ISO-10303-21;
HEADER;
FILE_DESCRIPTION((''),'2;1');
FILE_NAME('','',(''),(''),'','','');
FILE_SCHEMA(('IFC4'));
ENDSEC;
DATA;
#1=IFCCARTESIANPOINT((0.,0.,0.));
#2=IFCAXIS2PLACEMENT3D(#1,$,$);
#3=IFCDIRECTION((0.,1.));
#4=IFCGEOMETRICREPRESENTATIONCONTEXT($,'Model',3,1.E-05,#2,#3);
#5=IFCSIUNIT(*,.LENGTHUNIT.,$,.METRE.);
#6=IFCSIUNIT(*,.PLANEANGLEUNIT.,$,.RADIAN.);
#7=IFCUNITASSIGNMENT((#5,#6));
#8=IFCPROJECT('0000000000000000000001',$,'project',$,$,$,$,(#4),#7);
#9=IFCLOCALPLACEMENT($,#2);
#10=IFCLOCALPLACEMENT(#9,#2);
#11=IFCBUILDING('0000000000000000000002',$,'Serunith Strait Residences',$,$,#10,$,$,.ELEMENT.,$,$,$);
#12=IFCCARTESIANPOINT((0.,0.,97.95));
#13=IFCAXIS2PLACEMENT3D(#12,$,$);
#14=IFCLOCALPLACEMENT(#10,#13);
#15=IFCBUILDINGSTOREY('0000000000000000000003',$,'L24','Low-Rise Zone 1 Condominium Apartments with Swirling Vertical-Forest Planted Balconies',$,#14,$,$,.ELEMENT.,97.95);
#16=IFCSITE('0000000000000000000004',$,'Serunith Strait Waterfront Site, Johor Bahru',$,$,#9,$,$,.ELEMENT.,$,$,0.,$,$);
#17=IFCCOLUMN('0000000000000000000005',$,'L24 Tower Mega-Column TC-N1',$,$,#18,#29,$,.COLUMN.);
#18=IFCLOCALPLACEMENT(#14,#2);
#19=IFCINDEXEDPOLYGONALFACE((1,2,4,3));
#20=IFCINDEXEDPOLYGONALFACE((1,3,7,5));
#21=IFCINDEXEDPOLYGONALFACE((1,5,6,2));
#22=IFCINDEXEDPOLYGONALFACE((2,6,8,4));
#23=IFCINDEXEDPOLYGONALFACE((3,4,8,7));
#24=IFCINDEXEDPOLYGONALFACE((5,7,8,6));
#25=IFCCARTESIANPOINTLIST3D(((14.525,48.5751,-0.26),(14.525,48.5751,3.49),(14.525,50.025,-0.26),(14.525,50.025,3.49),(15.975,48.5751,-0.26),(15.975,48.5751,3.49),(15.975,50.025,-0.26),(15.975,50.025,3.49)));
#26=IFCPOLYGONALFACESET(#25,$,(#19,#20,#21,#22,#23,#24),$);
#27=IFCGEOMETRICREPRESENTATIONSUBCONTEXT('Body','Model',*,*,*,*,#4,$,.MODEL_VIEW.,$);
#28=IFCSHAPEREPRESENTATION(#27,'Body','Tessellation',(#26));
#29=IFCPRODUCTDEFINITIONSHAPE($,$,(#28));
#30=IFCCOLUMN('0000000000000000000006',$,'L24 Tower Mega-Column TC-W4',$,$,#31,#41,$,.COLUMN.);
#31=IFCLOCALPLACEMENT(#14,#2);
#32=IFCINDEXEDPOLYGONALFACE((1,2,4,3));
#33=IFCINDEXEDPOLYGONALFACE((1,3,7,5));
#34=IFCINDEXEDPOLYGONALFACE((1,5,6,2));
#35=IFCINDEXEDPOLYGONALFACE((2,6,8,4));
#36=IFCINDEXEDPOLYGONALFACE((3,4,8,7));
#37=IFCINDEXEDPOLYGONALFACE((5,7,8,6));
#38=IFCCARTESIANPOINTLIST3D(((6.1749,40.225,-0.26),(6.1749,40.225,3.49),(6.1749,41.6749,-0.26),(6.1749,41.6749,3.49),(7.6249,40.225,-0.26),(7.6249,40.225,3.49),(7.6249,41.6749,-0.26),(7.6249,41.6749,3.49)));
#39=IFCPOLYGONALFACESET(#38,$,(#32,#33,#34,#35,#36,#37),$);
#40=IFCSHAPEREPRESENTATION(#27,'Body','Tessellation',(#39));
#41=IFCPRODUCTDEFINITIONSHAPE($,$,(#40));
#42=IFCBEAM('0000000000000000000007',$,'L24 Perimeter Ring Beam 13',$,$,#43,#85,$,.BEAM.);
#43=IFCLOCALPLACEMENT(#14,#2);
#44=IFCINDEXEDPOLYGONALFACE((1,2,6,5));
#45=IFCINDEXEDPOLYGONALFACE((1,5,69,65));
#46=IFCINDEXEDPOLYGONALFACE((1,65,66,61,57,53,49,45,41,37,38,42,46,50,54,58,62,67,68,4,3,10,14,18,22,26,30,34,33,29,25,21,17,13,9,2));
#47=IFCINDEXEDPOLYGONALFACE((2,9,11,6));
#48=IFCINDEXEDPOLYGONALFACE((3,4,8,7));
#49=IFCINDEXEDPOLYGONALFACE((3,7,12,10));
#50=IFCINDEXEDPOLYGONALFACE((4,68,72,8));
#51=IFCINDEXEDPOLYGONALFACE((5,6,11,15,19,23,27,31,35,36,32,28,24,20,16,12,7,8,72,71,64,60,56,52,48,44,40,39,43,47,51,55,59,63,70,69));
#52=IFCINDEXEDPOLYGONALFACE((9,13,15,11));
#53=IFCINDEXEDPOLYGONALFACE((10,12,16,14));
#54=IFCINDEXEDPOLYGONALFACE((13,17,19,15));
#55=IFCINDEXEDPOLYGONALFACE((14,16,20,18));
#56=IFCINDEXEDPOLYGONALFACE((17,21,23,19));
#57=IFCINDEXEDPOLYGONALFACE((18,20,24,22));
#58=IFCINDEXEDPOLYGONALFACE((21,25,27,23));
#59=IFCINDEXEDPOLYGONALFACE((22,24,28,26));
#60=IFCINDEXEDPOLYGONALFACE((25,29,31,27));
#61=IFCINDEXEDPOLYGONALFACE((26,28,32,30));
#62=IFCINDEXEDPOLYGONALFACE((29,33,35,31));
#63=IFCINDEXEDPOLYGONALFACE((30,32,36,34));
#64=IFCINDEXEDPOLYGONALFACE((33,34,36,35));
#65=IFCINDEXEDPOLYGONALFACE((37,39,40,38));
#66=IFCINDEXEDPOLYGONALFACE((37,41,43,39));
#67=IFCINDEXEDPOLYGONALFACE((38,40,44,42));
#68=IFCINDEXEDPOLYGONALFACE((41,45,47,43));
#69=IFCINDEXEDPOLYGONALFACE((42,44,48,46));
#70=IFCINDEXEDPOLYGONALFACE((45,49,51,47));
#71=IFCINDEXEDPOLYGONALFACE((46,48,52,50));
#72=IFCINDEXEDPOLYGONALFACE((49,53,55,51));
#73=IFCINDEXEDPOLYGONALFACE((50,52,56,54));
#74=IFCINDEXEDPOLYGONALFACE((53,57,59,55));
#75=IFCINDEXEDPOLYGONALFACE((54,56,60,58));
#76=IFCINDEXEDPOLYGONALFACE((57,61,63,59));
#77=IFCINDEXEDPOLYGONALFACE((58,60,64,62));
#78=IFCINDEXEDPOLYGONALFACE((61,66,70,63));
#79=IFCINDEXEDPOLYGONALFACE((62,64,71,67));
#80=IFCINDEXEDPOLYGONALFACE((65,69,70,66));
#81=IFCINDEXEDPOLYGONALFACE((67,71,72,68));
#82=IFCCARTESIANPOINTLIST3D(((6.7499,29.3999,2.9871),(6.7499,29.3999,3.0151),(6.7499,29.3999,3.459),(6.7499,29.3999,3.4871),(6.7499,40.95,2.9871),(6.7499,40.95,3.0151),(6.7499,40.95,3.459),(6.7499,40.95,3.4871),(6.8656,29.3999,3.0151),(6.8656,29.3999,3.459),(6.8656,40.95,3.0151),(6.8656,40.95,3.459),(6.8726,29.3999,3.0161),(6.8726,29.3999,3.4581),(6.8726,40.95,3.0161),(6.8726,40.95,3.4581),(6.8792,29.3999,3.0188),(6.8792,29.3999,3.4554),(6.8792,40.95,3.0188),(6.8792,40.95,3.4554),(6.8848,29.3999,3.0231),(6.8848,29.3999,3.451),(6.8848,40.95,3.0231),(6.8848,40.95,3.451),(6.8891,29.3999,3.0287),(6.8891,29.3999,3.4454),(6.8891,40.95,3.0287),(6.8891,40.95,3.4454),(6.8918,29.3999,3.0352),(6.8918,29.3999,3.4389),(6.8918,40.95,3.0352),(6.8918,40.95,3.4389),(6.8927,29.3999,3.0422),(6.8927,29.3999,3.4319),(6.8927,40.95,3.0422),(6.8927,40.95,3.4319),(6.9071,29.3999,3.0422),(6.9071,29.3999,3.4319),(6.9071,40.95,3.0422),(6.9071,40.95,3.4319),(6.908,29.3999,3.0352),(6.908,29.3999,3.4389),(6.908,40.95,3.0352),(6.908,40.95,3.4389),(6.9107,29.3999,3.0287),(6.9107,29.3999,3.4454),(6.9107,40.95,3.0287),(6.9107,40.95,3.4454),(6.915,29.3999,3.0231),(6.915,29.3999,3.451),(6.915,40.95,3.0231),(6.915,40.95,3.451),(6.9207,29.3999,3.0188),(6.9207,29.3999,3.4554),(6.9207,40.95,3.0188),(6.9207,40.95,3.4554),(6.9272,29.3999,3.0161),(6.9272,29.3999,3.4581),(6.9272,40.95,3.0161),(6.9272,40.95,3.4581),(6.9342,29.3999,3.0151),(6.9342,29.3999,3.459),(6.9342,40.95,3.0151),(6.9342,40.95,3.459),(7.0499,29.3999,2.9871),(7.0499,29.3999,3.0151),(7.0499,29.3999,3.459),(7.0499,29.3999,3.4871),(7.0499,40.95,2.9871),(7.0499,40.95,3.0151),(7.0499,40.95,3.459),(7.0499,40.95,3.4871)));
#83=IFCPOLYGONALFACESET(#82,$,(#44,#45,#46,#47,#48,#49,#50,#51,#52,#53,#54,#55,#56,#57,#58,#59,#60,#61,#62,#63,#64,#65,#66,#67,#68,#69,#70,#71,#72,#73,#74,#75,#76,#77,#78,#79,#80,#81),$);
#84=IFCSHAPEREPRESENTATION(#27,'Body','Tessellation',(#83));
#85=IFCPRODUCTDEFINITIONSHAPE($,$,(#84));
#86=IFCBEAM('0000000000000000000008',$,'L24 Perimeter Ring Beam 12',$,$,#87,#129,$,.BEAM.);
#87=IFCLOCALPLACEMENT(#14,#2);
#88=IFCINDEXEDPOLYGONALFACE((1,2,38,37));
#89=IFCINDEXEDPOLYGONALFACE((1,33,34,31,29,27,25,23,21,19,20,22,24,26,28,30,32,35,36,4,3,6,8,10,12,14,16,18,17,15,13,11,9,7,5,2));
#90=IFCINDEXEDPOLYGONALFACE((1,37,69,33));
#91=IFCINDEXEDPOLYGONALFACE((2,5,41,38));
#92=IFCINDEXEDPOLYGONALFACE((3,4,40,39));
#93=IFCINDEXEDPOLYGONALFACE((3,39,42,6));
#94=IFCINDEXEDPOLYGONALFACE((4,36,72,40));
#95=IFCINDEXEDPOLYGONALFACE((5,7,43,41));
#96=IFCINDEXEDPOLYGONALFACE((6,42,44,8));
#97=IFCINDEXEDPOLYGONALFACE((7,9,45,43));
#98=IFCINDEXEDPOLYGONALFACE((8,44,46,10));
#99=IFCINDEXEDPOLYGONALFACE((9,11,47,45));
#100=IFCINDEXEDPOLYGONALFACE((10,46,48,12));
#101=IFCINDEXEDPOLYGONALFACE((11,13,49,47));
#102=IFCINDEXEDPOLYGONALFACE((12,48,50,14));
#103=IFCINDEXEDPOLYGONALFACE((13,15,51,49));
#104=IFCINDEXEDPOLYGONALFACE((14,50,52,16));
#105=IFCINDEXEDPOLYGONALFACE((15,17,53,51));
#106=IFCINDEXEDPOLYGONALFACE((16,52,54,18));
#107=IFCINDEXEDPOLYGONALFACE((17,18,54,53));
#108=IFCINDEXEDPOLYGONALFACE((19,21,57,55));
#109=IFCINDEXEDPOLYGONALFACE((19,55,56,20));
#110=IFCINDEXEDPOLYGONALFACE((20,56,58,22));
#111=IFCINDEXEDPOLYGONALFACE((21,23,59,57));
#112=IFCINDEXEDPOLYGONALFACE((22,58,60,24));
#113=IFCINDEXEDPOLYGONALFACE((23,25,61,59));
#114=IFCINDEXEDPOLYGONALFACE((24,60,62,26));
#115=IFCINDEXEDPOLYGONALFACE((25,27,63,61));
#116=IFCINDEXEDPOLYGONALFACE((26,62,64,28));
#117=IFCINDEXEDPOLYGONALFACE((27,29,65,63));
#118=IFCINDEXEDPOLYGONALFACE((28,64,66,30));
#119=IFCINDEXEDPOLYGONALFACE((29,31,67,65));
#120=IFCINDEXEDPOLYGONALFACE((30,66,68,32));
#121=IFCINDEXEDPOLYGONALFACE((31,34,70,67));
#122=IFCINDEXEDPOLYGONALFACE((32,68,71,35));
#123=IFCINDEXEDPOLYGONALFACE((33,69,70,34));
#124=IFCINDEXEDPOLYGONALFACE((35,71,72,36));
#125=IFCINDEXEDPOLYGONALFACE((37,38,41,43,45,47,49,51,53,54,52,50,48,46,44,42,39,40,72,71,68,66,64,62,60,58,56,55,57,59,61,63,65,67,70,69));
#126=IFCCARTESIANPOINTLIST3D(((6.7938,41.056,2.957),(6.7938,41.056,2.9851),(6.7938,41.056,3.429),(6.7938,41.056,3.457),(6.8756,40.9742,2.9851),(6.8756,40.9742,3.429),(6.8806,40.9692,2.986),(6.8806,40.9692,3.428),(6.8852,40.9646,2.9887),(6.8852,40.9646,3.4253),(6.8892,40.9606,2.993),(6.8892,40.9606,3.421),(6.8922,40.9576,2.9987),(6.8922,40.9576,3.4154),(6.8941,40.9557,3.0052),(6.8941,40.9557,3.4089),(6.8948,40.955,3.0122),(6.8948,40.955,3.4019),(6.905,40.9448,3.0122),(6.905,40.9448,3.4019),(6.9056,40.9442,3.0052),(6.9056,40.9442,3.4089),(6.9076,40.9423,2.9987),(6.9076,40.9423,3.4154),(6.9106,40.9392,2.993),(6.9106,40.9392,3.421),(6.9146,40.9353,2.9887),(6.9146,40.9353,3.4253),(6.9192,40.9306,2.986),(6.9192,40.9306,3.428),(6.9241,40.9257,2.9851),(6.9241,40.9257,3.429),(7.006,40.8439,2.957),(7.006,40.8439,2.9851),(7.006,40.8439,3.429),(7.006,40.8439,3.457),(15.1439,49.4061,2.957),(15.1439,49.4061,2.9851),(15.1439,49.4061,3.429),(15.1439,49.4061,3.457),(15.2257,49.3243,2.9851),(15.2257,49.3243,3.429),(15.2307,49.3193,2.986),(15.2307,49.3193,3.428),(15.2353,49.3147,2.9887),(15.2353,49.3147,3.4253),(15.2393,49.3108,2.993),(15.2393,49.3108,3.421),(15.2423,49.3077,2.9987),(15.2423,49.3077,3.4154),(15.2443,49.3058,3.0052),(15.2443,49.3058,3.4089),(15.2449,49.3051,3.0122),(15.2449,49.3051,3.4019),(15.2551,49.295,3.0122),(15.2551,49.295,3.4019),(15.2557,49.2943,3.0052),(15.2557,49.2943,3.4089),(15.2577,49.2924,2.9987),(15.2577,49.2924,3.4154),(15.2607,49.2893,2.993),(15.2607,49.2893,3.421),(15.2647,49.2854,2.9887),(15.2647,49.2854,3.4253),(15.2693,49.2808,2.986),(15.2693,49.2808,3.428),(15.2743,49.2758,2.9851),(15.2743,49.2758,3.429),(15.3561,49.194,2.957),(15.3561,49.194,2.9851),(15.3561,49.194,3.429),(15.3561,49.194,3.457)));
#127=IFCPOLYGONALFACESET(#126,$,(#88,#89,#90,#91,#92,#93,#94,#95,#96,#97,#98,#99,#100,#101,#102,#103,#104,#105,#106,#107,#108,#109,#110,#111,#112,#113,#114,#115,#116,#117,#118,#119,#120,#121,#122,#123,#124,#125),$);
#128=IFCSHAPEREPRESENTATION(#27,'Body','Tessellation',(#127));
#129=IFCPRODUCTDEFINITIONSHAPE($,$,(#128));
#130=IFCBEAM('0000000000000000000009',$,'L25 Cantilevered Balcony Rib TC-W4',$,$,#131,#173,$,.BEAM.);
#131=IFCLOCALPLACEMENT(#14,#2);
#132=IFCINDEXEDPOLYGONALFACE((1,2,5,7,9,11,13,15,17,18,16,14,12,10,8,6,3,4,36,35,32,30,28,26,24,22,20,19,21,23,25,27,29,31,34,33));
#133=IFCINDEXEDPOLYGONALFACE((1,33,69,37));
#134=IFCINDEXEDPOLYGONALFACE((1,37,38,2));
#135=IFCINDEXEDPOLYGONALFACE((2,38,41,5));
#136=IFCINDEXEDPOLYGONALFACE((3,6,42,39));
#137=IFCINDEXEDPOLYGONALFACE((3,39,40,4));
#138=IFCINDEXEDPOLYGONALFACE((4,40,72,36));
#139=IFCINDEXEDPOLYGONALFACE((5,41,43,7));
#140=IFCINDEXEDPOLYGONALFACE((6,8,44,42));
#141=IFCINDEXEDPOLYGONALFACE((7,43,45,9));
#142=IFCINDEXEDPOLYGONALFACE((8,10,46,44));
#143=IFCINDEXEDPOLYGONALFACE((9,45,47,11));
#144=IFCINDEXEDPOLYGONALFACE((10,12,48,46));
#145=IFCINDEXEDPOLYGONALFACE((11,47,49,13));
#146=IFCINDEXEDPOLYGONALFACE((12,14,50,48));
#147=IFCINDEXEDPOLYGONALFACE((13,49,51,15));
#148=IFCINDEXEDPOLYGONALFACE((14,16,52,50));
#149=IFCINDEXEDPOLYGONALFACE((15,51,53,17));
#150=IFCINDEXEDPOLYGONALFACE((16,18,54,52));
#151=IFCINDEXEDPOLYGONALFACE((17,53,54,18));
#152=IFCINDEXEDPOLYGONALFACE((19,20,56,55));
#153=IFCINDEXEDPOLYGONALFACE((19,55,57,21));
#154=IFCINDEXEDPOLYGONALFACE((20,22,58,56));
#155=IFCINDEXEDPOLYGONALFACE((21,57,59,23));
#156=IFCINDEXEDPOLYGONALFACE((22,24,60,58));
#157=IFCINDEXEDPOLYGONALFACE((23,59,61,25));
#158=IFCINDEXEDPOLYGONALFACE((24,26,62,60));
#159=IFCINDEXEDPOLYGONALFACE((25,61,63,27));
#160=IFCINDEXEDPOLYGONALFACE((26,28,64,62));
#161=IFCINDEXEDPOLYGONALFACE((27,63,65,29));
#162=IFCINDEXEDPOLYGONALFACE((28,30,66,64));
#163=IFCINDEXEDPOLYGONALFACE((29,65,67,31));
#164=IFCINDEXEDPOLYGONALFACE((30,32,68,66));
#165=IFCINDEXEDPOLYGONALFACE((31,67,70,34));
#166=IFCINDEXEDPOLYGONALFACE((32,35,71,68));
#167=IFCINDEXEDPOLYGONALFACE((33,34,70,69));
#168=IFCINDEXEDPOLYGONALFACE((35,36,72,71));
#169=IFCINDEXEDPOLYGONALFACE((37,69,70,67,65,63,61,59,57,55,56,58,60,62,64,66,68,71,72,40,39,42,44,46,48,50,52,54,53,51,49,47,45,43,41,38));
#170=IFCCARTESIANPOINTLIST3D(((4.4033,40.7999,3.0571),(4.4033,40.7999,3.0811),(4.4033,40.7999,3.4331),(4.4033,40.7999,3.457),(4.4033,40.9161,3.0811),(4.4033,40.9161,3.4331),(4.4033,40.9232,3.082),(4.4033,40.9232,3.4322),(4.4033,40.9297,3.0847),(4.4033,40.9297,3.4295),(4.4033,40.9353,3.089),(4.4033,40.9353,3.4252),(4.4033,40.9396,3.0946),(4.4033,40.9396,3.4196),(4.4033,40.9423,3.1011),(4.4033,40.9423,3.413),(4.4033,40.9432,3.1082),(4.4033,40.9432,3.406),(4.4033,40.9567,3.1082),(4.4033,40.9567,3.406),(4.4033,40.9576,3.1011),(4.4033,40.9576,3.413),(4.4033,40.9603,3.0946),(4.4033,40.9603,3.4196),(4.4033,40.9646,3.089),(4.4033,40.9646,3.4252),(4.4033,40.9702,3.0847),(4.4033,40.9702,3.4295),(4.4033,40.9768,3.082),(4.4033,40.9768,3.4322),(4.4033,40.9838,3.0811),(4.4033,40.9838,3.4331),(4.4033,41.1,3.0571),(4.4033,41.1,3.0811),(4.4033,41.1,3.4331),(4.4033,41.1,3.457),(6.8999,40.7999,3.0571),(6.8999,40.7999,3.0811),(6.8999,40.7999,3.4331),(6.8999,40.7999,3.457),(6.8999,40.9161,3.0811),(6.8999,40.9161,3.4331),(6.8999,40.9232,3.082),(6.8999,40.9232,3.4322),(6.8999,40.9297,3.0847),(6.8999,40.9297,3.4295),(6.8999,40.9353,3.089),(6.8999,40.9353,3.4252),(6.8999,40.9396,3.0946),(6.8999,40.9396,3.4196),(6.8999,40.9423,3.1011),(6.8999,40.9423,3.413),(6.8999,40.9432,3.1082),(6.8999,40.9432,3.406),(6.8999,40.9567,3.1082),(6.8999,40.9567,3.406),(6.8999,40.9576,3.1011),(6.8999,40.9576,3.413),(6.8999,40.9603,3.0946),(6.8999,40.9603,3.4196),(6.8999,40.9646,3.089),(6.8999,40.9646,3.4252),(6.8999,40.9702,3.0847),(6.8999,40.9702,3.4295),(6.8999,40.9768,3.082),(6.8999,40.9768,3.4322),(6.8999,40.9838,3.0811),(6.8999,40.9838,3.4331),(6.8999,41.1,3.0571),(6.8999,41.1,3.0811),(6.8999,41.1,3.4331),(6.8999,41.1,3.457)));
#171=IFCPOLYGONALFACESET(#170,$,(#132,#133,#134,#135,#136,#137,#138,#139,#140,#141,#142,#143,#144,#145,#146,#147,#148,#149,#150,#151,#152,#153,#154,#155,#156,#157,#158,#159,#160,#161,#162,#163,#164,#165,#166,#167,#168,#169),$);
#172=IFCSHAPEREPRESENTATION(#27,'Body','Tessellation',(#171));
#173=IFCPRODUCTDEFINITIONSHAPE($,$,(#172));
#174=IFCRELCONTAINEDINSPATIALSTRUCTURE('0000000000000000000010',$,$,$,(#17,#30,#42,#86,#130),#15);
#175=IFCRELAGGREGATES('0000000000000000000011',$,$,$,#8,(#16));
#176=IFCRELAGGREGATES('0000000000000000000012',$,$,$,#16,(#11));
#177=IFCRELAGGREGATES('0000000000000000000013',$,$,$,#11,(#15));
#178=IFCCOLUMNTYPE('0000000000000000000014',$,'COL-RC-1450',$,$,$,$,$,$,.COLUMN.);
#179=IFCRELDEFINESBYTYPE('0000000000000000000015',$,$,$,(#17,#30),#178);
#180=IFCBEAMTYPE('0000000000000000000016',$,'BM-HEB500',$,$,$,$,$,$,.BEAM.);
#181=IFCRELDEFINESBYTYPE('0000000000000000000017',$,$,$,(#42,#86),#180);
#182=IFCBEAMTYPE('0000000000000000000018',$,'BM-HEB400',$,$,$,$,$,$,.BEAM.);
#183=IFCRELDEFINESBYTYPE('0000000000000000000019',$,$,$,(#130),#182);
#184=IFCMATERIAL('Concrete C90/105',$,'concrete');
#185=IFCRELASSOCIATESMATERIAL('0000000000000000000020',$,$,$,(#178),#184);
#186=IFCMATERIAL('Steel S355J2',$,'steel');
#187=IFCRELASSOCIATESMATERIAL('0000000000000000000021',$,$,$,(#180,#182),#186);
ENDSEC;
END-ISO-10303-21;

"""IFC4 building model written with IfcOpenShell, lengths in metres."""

from ifc_helpers import new_model, si_unit, direction, frame, origin, origin_2d, place, context, subcontext, project, spatial, rectangle, i_section, extrude, source, transform, mapped, material, material_profile, profile_set, type_object, element, save


model = new_model("IFC4")

# Units and contexts
model_context = context("Model", 3, precision=1e-05, world=origin(), true_north=direction((0.0, 1.0)))
body_context = subcontext(model_context, "Body", "Model", "MODEL_VIEW")
ifc_project = project(units=[si_unit("LENGTHUNIT", "METRE"), si_unit("PLANEANGLEUNIT", "RADIAN")], contexts=[model_context])

# Site, building, storey
site_placement = place(None, origin())
site = spatial("IfcSite", under=ifc_project, at=site_placement, Name="Serunith Strait Waterfront Site, Johor Bahru", CompositionType="ELEMENT", RefElevation=0.0)
building_placement = place(site_placement, origin())
building = spatial("IfcBuilding", under=site, at=building_placement, Name="Serunith Strait Residences", CompositionType="ELEMENT")
storey_placement = place(building_placement, frame((0.0, 0.0, 97.95)))
storey = spatial("IfcBuildingStorey", under=building, at=storey_placement, Name="L24", Description="Low-Rise Zone 1 Condominium Apartments with Swirling Vertical-Forest Planted Balconies", CompositionType="ELEMENT", Elevation=97.95)

# Columns
ifc_material_1 = material(Name="Concrete C90/105", Category="concrete")
ifc_material_profile_1 = material_profile(ifc_material_1, rectangle(XDim=1.45, YDim=1.45, at=origin_2d()), Name="RC 1450x1450")
ifc_profile_set_1 = profile_set([ifc_material_profile_1], Name="Concrete C90/105")
column_type = type_object("IfcColumnType", Name="COL-RC-1450", PredefinedType="COLUMN", material=ifc_profile_set_1)
shared_shape_1 = source(origin(), body_context, "Body", "SweptSolid", [
    extrude(rectangle(XDim=1.45, YDim=1.45, at=origin_2d()), origin(), (0.0, 0.0, 1.0), 3.75),
])
for number, where, z_axis, x_axis, name in (
    (1, (15.25, 49.3, -0.26), (0.0, 0.0, 1.0), (1.0, 0.0, 0.0), "L24 Tower Mega-Column TC-N1"),
    (2, (6.8999, 40.95, -0.26), (0.0, 0.0, 1.0), (1.0, 0.0, 0.0), "L24 Tower Mega-Column TC-W4"),
):
    element("IfcColumn", number, at=place(storey_placement, frame(where, z_axis=z_axis, x_axis=x_axis)), inside=storey, type_object=column_type, Name=name, PredefinedType="COLUMN", context=body_context, shape_type="MappedRepresentation", body=[
        mapped(shared_shape_1, transform((0.0, 0.0, 0.0), scale=1.0)),
    ])

# Beams
ifc_material_2 = material(Name="Steel S355J2", Category="steel")
ifc_material_profile_2 = material_profile(ifc_material_2, i_section(OverallWidth=0.3, OverallDepth=0.5, WebThickness=0.0144, FlangeThickness=0.0281, FilletRadius=0.0271, at=origin_2d()), Name="HEB 500")
ifc_profile_set_2 = profile_set([ifc_material_profile_2], Name="Steel S355J2")
beam_type_1 = type_object("IfcBeamType", Name="BM-HEB500", PredefinedType="BEAM", material=ifc_profile_set_2)
shared_shape_2 = source(origin(), body_context, "Body", "SweptSolid", [
    extrude(i_section(OverallWidth=0.3, OverallDepth=0.5, WebThickness=0.0144, FlangeThickness=0.0281, FilletRadius=0.0271, at=origin_2d()), origin(), (0.0, 0.0, 1.0), 11.55),
])
beam_1_placement = place(storey_placement, frame((6.8999, 40.95, 3.2371), z_axis=(0.0, -1.0, 0.0), x_axis=(1.0, 0.0, 0.0)))
element("IfcBeam", 3, at=beam_1_placement, inside=storey, type_object=beam_type_1, Name="L24 Perimeter Ring Beam 13", PredefinedType="BEAM", context=body_context, shape_type="MappedRepresentation", body=[
    mapped(shared_shape_2, transform((0.0, 0.0, 0.0), scale=1.0)),
])
shared_shape_3 = source(origin(), body_context, "Body", "SweptSolid", [
    extrude(i_section(OverallWidth=0.3, OverallDepth=0.5, WebThickness=0.0144, FlangeThickness=0.0281, FilletRadius=0.0271, at=origin_2d()), origin(), (0.0, 0.0, 1.0), 11.8088),
])
beam_2_placement = place(storey_placement, frame((15.25, 49.3, 3.207), z_axis=(-0.707107, -0.707107, 0.0), x_axis=(0.707107, -0.707107, 0.0)))
element("IfcBeam", 4, at=beam_2_placement, inside=storey, type_object=beam_type_1, Name="L24 Perimeter Ring Beam 12", PredefinedType="BEAM", context=body_context, shape_type="MappedRepresentation", body=[
    mapped(shared_shape_3, transform((0.0, 0.0, 0.0), scale=1.0)),
])
ifc_material_profile_3 = material_profile(ifc_material_2, i_section(OverallWidth=0.3, OverallDepth=0.3999, WebThickness=0.0134, FlangeThickness=0.0239, FilletRadius=0.0271, at=origin_2d()), Name="HEB 400")
ifc_profile_set_3 = profile_set([ifc_material_profile_3], Name="Steel S355J2")
beam_type_2 = type_object("IfcBeamType", Name="BM-HEB400", PredefinedType="BEAM", material=ifc_profile_set_3)
shared_shape_4 = source(origin(), body_context, "Body", "SweptSolid", [
    extrude(i_section(OverallWidth=0.3, OverallDepth=0.3999, WebThickness=0.0134, FlangeThickness=0.0239, FilletRadius=0.0271, at=origin_2d()), origin(), (0.0, 0.0, 1.0), 2.4966),
])
beam_3_placement = place(storey_placement, frame((6.8999, 40.95, 3.2571), z_axis=(-1.0, 0.0, 0.0), x_axis=(0.0, -1.0, 0.0)))
element("IfcBeam", 5, at=beam_3_placement, inside=storey, type_object=beam_type_2, Name="L25 Cantilevered Balcony Rib TC-W4", PredefinedType="BEAM", context=body_context, shape_type="MappedRepresentation", body=[
    mapped(shared_shape_4, transform((0.0, 0.0, 0.0), scale=1.0)),
])

save(model, "model.ifc")
